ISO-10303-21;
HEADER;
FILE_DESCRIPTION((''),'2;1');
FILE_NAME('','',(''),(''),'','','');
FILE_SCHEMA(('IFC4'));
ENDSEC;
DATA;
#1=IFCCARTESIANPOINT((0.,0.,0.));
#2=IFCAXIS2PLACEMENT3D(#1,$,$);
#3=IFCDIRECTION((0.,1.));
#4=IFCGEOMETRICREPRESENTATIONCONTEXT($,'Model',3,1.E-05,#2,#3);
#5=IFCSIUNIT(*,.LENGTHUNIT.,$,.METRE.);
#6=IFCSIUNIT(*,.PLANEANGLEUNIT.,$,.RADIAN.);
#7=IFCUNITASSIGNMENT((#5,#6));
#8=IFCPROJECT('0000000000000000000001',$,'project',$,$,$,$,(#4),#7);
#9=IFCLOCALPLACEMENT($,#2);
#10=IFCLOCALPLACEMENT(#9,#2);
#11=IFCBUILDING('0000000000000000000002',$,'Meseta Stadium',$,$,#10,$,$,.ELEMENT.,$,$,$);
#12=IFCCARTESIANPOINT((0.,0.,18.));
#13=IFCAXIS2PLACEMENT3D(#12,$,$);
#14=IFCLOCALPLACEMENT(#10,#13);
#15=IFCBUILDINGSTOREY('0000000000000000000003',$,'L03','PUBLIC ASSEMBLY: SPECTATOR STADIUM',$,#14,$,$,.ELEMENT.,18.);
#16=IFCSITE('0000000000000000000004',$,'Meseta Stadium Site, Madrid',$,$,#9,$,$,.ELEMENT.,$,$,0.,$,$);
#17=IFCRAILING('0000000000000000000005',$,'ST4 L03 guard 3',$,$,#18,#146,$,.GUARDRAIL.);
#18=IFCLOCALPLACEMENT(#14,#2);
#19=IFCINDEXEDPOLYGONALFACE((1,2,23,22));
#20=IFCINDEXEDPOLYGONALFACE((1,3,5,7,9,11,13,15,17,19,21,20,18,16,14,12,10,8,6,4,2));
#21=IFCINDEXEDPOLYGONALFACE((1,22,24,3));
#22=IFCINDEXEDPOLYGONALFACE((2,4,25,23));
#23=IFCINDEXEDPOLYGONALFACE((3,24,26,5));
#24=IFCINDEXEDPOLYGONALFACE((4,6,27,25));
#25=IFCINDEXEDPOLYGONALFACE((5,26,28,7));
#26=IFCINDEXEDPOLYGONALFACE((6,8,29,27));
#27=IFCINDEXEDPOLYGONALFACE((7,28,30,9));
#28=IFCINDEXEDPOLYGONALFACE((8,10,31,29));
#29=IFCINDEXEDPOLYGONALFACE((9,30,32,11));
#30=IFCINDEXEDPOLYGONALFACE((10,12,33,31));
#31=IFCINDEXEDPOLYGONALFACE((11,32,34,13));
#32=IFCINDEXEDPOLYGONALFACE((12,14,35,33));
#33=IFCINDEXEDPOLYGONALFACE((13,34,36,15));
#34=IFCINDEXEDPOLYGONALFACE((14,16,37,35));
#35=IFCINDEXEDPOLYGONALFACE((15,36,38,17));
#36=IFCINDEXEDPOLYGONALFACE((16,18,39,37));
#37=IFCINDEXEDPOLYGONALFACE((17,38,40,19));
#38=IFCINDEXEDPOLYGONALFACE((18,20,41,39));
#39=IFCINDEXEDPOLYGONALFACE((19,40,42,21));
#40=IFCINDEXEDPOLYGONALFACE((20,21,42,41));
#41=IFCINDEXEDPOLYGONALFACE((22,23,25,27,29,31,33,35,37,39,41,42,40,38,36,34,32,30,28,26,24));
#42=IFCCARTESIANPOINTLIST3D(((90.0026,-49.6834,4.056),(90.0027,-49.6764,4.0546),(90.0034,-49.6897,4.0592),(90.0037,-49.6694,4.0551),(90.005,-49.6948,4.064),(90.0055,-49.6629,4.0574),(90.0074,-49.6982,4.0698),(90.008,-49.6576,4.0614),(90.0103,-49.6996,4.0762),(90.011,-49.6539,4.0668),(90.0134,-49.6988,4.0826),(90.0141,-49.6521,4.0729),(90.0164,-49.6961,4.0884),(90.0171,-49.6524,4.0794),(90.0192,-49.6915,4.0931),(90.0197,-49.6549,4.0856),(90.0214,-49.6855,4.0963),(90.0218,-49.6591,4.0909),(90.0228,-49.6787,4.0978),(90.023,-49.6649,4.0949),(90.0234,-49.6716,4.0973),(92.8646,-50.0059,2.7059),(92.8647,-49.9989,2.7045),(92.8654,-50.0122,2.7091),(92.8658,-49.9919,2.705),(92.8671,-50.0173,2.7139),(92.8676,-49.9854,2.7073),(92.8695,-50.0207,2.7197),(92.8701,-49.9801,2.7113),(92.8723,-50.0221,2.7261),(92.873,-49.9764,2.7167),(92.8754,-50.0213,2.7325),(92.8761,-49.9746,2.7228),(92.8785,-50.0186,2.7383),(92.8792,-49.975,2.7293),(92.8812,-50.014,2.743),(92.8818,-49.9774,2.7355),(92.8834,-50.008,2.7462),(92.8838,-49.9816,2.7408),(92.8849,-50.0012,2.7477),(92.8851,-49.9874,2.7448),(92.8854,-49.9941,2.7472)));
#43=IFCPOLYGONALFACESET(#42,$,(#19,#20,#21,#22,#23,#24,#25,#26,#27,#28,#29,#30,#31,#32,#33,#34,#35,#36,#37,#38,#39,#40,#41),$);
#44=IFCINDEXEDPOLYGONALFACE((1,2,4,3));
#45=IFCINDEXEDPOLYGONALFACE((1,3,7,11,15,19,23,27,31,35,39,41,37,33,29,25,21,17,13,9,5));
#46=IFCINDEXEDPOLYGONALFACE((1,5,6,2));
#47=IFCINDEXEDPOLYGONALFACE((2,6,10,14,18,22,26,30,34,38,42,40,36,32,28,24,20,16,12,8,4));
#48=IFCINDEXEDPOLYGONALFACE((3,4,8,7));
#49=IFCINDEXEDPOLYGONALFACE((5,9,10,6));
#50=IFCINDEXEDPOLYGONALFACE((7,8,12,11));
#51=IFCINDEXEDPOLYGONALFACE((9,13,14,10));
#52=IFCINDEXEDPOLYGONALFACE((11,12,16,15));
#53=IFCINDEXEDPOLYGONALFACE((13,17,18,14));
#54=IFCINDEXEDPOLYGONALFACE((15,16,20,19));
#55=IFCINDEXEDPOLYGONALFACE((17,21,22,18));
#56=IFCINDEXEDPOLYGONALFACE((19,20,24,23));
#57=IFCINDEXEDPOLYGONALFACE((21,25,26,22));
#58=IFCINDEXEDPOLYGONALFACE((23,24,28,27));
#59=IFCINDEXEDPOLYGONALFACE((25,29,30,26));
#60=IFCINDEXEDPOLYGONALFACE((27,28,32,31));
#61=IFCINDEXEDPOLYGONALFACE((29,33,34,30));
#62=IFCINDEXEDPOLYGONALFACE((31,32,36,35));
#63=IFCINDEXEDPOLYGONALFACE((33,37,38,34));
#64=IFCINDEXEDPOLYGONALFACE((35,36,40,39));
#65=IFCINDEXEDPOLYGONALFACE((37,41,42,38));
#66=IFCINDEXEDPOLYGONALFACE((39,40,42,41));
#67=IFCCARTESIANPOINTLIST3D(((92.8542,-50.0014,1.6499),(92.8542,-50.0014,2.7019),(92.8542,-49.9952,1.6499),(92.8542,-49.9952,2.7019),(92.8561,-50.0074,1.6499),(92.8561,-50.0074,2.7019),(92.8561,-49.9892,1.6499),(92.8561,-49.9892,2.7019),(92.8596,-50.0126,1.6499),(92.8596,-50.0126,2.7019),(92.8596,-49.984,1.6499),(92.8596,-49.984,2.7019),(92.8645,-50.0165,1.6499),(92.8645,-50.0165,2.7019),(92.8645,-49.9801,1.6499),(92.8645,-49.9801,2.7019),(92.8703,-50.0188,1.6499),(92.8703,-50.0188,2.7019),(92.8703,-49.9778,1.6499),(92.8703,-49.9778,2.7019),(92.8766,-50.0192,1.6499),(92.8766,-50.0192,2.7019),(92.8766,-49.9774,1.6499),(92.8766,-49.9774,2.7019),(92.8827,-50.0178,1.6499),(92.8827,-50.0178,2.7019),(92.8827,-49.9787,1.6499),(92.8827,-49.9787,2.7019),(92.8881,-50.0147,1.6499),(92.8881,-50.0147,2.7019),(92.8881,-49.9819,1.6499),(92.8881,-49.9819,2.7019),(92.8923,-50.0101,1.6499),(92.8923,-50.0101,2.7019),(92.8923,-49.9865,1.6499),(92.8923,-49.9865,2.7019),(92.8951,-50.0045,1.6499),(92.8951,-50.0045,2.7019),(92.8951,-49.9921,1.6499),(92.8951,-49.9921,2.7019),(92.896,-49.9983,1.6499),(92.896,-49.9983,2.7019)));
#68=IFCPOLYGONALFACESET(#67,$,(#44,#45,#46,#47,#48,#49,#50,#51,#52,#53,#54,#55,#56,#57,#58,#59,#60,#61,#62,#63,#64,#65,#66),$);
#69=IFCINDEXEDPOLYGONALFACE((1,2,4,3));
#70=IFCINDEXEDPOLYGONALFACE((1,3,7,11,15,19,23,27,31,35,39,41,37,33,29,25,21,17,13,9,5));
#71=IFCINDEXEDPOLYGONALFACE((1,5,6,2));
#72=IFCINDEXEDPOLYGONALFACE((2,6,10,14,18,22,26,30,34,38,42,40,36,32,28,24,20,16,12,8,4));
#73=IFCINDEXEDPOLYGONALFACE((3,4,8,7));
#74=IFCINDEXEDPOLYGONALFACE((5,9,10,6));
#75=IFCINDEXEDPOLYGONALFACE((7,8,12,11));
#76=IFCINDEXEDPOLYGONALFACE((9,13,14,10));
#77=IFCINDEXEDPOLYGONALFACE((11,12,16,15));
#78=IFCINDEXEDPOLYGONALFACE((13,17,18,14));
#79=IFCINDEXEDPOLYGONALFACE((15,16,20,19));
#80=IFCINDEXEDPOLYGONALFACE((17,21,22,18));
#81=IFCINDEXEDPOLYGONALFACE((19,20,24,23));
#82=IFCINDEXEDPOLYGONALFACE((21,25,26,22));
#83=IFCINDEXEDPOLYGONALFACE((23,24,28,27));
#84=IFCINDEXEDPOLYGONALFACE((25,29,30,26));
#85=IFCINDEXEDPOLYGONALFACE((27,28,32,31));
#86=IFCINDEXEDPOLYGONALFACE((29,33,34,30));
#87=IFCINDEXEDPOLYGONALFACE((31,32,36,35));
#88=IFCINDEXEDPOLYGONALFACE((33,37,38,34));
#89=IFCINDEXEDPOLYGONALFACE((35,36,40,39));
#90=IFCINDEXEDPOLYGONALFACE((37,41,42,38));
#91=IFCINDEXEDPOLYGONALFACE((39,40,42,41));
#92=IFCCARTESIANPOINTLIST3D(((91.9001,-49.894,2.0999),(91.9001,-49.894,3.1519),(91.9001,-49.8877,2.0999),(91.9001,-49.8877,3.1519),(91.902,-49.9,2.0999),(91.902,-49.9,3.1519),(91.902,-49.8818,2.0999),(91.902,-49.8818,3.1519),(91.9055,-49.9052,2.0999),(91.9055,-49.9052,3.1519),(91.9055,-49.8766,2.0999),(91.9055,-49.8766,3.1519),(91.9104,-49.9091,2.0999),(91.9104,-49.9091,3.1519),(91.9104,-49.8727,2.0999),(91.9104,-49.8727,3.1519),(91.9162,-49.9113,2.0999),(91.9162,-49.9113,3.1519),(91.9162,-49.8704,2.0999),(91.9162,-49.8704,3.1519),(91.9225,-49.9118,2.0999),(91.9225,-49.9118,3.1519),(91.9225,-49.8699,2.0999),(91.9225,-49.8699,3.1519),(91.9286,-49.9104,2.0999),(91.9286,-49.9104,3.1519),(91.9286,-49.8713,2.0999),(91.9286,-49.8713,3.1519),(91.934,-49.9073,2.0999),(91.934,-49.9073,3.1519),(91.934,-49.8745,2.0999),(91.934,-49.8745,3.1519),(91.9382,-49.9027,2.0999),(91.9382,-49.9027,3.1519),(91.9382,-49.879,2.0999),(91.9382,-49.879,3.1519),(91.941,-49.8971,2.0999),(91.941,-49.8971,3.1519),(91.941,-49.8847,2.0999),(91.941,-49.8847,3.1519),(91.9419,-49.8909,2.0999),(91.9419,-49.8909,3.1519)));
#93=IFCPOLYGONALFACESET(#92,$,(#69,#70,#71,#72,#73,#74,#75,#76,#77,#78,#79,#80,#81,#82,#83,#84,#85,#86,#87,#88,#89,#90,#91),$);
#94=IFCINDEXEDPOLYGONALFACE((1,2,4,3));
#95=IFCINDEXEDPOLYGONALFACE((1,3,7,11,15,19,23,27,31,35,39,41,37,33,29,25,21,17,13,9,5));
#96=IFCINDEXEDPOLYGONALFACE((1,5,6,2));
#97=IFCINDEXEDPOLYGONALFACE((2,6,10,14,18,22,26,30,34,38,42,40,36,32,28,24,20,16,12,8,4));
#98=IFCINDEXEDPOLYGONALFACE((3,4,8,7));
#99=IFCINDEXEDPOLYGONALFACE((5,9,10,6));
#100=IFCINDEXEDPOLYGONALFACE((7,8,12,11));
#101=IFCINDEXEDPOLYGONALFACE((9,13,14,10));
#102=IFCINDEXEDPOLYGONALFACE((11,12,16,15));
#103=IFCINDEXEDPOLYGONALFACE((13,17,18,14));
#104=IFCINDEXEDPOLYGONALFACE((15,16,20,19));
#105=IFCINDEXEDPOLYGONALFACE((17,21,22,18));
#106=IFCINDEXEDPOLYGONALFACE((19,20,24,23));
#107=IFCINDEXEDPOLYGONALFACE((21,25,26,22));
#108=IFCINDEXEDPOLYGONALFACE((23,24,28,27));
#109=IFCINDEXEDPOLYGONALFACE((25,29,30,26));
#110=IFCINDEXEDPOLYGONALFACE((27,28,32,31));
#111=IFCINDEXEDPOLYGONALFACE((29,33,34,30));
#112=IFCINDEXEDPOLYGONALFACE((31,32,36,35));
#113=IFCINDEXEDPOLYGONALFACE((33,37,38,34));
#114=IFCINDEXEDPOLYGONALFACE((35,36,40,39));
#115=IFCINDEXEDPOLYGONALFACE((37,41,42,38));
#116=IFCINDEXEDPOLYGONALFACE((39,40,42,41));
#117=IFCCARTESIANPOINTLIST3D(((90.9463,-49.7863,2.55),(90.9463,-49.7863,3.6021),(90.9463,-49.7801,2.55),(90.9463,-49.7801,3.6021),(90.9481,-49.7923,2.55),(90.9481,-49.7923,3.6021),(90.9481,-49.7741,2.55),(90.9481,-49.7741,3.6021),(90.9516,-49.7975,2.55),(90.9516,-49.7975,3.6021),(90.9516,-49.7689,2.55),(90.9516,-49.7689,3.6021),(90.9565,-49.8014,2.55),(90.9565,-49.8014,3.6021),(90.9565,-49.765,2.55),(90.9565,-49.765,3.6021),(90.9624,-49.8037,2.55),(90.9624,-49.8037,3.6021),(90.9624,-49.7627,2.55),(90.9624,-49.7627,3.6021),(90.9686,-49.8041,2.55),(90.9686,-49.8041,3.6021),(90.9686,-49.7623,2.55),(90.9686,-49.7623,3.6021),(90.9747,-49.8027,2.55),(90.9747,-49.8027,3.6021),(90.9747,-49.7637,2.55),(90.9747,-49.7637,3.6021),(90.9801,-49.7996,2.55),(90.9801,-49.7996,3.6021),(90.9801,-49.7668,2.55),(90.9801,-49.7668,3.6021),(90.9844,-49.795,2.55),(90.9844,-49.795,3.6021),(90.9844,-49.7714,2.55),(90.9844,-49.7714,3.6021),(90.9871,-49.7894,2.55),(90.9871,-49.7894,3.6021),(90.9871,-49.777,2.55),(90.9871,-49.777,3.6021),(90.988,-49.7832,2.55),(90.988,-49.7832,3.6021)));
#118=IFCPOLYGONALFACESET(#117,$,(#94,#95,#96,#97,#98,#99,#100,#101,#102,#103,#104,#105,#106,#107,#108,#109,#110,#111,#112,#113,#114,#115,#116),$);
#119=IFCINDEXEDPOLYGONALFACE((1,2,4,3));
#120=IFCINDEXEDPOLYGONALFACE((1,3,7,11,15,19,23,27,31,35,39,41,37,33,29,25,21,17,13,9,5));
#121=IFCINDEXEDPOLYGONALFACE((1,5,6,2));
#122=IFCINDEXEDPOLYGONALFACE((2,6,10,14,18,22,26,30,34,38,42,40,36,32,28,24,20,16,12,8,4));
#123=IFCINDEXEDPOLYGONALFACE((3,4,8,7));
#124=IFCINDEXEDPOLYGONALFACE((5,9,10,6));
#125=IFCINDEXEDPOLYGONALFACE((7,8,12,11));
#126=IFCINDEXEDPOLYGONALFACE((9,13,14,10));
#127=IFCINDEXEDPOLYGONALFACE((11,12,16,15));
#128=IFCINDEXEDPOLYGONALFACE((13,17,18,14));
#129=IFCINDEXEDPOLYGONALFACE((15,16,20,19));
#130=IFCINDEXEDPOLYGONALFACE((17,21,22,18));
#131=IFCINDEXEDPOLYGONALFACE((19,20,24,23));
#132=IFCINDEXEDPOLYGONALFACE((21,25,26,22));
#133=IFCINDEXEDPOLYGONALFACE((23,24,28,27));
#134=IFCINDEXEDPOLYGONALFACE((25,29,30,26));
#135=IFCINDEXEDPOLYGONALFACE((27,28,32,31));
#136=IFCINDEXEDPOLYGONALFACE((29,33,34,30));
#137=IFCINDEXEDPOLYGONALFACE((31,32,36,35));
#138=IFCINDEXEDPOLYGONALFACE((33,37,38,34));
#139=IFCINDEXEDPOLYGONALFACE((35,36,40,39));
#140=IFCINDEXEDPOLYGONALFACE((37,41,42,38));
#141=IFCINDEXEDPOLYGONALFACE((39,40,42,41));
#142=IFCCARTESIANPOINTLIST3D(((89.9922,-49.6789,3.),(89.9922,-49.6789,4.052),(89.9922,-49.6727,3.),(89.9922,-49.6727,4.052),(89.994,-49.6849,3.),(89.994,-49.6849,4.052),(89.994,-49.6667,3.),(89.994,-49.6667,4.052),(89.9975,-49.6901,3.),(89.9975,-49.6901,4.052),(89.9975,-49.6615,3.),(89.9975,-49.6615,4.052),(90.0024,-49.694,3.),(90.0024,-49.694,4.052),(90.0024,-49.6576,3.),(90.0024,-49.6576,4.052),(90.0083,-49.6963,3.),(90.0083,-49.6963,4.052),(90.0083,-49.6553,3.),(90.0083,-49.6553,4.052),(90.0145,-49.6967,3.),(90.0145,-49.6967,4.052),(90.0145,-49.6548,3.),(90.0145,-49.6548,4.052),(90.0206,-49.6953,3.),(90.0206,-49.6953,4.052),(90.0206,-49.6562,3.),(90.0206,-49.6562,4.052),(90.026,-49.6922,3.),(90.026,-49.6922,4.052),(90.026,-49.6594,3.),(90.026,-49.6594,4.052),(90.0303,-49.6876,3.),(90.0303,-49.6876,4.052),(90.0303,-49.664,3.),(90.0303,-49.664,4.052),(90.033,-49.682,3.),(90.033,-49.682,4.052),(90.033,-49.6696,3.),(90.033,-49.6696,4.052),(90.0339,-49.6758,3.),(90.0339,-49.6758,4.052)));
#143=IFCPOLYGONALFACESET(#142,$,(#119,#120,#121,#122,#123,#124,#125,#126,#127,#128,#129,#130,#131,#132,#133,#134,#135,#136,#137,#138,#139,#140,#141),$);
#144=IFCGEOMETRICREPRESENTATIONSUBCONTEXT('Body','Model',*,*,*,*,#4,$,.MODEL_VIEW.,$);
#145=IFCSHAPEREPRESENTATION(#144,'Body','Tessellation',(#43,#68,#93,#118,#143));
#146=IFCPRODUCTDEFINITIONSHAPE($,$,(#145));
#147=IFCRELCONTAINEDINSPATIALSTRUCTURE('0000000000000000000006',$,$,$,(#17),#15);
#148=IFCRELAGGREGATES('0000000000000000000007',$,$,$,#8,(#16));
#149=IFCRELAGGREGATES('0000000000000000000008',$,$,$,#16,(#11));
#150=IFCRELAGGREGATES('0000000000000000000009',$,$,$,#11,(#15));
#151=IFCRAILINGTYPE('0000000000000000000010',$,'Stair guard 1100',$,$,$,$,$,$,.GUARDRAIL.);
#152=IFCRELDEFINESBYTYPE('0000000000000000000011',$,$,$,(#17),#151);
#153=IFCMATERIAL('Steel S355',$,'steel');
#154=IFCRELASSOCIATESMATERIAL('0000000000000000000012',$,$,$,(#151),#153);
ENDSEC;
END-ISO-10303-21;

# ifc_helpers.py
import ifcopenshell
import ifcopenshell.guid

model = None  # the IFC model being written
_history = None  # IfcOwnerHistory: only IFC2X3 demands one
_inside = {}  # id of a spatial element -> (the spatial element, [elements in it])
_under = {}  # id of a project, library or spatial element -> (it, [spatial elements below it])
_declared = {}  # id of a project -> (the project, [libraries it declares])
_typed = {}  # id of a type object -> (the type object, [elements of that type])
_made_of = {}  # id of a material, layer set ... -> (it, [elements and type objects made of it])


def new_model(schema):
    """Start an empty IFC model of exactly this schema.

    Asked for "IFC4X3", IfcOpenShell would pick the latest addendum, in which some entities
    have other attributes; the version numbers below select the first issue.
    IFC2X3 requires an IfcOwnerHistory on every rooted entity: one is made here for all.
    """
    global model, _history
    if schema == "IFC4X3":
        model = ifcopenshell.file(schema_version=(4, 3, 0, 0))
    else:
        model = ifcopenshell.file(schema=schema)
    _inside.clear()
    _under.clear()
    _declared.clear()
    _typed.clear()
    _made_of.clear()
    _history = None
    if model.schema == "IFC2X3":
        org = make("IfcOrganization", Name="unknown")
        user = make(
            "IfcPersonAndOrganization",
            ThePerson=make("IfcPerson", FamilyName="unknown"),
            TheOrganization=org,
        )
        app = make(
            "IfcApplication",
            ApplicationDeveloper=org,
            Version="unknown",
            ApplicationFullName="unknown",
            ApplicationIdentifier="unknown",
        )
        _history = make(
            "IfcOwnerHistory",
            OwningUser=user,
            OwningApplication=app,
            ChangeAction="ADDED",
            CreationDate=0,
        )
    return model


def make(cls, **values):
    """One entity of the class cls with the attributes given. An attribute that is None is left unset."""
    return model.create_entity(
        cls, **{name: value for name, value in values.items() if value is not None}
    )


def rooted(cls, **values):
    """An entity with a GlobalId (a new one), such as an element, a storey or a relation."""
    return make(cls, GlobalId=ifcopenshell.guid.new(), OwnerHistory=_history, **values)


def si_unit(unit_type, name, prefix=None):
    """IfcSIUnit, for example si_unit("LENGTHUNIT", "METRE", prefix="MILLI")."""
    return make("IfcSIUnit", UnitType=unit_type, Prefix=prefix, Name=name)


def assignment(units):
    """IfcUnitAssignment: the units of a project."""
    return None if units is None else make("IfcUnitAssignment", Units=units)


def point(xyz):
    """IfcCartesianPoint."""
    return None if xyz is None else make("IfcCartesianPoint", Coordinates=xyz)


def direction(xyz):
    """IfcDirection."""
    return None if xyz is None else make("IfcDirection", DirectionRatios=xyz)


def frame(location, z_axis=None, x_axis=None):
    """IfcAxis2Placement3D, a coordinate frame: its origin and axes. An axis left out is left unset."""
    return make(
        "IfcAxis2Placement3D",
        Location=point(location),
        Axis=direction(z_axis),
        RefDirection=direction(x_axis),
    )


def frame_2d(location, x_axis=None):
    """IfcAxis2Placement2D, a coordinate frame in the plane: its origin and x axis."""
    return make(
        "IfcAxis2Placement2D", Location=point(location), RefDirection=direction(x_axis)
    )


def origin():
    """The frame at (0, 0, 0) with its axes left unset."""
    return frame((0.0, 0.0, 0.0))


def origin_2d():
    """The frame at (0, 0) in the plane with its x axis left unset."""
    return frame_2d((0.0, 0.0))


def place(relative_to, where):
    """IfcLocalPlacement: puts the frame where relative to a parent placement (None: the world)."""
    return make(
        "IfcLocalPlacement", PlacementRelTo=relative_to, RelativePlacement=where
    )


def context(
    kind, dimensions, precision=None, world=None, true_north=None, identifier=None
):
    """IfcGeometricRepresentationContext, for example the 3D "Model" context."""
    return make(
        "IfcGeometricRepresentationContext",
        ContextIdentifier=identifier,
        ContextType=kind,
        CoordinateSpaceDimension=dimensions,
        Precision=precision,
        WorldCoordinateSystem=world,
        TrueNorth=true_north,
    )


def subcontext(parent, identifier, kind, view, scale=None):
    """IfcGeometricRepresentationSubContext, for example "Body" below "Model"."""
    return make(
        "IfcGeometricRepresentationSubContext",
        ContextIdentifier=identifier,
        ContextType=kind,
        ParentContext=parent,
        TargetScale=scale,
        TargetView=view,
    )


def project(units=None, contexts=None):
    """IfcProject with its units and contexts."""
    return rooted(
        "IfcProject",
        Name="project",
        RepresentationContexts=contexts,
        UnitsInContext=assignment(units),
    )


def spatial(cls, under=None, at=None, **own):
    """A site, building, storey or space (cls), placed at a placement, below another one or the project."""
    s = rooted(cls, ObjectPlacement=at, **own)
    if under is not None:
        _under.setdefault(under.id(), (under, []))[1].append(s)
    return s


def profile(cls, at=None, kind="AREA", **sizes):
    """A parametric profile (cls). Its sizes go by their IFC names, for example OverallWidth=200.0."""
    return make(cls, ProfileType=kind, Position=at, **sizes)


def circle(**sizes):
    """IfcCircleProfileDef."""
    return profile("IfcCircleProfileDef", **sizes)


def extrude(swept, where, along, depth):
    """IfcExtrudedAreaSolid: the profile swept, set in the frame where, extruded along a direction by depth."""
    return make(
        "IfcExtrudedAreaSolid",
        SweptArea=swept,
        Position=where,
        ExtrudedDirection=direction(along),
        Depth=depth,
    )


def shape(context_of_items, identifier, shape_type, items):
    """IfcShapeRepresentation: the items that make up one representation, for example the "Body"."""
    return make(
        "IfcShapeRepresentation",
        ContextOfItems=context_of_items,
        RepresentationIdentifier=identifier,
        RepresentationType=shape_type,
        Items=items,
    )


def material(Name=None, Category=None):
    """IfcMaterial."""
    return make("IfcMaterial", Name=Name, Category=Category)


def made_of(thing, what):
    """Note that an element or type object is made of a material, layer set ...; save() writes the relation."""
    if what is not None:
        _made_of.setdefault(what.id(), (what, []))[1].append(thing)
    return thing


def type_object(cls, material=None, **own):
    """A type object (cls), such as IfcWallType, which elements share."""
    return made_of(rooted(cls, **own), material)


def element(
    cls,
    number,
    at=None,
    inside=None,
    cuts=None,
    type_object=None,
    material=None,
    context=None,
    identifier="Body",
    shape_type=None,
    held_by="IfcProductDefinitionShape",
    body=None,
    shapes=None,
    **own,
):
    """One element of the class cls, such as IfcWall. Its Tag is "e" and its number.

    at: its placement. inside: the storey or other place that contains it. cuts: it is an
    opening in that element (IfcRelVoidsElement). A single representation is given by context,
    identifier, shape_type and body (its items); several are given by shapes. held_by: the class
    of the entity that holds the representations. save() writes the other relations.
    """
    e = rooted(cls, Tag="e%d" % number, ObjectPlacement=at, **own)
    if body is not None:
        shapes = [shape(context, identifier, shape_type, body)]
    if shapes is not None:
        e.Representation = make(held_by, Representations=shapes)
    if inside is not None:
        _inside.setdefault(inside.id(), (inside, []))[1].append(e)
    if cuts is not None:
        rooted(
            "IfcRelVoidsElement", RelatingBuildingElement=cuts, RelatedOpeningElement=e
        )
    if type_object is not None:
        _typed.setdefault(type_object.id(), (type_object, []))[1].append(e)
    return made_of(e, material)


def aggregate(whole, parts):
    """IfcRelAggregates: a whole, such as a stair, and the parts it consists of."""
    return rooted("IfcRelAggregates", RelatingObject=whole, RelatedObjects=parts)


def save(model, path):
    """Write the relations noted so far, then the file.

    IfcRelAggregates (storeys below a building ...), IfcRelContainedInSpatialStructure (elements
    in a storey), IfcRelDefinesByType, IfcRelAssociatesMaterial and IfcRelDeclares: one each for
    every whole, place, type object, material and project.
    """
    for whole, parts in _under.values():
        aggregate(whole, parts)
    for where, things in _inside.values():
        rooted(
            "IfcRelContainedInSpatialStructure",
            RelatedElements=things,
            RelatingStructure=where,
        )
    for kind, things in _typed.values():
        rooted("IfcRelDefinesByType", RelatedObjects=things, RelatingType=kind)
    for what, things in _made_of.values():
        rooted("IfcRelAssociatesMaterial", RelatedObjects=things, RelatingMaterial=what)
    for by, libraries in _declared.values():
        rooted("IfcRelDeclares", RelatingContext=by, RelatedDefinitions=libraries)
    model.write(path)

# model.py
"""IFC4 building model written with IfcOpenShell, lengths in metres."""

from ifc_helpers import new_model, si_unit, direction, frame, origin, origin_2d, place, context, subcontext, project, spatial, circle, extrude, material, type_object, element, save


model = new_model("IFC4")

# Units and contexts
model_context = context("Model", 3, precision=1e-05, world=origin(), true_north=direction((0.0, 1.0)))
body_context = subcontext(model_context, "Body", "Model", "MODEL_VIEW")
ifc_project = project(units=[si_unit("LENGTHUNIT", "METRE"), si_unit("PLANEANGLEUNIT", "RADIAN")], contexts=[model_context])

# Site, building, storey
site_placement = place(None, origin())
site = spatial("IfcSite", under=ifc_project, at=site_placement, Name="Meseta Stadium Site, Madrid", CompositionType="ELEMENT", RefElevation=0.0)
building_placement = place(site_placement, origin())
building = spatial("IfcBuilding", under=site, at=building_placement, Name="Meseta Stadium", CompositionType="ELEMENT")
storey_placement = place(building_placement, frame((0.0, 0.0, 18.0)))
storey = spatial("IfcBuildingStorey", under=building, at=storey_placement, Name="L03", Description="PUBLIC ASSEMBLY: SPECTATOR STADIUM", CompositionType="ELEMENT", Elevation=18.0)

# Railing
ifc_material_1 = material(Name="Steel S355", Category="steel")
railing_type_1 = type_object("IfcRailingType", Name="Stair guard 1100", PredefinedType="GUARDRAIL", material=ifc_material_1)
railing_1_placement = place(storey_placement, frame((92.875, -49.9983, 1.6499)))
element("IfcRailing", 1, at=railing_1_placement, inside=storey, type_object=railing_type_1, Name="ST4 L03 guard 3", PredefinedType="GUARDRAIL", context=body_context, shape_type="SweptSolid", body=[
    extrude(circle(Radius=0.0239, at=origin_2d()), frame((0.0, 0.0, 1.0762), z_axis=(-0.899763, 0.101389, 0.424438), x_axis=(-0.111976, -0.993711, 0.0)), (0.0, 0.0, 1.0), 3.1809),
    extrude(circle(Radius=0.021, at=origin_2d()), origin(), (0.0, 0.0, 1.0), 1.052),
    extrude(circle(Radius=0.021, at=origin_2d()), frame((-0.9541, 0.1074, 0.45)), (0.0, 0.0, 1.0), 1.052),
    extrude(circle(Radius=0.021, at=origin_2d()), frame((-1.908, 0.2151, 0.9001)), (0.0, 0.0, 1.0), 1.052),
    extrude(circle(Radius=0.021, at=origin_2d()), frame((-2.8621, 0.3225, 1.3501)), (0.0, 0.0, 1.0), 1.052),
])

save(model, "model.ifc")
